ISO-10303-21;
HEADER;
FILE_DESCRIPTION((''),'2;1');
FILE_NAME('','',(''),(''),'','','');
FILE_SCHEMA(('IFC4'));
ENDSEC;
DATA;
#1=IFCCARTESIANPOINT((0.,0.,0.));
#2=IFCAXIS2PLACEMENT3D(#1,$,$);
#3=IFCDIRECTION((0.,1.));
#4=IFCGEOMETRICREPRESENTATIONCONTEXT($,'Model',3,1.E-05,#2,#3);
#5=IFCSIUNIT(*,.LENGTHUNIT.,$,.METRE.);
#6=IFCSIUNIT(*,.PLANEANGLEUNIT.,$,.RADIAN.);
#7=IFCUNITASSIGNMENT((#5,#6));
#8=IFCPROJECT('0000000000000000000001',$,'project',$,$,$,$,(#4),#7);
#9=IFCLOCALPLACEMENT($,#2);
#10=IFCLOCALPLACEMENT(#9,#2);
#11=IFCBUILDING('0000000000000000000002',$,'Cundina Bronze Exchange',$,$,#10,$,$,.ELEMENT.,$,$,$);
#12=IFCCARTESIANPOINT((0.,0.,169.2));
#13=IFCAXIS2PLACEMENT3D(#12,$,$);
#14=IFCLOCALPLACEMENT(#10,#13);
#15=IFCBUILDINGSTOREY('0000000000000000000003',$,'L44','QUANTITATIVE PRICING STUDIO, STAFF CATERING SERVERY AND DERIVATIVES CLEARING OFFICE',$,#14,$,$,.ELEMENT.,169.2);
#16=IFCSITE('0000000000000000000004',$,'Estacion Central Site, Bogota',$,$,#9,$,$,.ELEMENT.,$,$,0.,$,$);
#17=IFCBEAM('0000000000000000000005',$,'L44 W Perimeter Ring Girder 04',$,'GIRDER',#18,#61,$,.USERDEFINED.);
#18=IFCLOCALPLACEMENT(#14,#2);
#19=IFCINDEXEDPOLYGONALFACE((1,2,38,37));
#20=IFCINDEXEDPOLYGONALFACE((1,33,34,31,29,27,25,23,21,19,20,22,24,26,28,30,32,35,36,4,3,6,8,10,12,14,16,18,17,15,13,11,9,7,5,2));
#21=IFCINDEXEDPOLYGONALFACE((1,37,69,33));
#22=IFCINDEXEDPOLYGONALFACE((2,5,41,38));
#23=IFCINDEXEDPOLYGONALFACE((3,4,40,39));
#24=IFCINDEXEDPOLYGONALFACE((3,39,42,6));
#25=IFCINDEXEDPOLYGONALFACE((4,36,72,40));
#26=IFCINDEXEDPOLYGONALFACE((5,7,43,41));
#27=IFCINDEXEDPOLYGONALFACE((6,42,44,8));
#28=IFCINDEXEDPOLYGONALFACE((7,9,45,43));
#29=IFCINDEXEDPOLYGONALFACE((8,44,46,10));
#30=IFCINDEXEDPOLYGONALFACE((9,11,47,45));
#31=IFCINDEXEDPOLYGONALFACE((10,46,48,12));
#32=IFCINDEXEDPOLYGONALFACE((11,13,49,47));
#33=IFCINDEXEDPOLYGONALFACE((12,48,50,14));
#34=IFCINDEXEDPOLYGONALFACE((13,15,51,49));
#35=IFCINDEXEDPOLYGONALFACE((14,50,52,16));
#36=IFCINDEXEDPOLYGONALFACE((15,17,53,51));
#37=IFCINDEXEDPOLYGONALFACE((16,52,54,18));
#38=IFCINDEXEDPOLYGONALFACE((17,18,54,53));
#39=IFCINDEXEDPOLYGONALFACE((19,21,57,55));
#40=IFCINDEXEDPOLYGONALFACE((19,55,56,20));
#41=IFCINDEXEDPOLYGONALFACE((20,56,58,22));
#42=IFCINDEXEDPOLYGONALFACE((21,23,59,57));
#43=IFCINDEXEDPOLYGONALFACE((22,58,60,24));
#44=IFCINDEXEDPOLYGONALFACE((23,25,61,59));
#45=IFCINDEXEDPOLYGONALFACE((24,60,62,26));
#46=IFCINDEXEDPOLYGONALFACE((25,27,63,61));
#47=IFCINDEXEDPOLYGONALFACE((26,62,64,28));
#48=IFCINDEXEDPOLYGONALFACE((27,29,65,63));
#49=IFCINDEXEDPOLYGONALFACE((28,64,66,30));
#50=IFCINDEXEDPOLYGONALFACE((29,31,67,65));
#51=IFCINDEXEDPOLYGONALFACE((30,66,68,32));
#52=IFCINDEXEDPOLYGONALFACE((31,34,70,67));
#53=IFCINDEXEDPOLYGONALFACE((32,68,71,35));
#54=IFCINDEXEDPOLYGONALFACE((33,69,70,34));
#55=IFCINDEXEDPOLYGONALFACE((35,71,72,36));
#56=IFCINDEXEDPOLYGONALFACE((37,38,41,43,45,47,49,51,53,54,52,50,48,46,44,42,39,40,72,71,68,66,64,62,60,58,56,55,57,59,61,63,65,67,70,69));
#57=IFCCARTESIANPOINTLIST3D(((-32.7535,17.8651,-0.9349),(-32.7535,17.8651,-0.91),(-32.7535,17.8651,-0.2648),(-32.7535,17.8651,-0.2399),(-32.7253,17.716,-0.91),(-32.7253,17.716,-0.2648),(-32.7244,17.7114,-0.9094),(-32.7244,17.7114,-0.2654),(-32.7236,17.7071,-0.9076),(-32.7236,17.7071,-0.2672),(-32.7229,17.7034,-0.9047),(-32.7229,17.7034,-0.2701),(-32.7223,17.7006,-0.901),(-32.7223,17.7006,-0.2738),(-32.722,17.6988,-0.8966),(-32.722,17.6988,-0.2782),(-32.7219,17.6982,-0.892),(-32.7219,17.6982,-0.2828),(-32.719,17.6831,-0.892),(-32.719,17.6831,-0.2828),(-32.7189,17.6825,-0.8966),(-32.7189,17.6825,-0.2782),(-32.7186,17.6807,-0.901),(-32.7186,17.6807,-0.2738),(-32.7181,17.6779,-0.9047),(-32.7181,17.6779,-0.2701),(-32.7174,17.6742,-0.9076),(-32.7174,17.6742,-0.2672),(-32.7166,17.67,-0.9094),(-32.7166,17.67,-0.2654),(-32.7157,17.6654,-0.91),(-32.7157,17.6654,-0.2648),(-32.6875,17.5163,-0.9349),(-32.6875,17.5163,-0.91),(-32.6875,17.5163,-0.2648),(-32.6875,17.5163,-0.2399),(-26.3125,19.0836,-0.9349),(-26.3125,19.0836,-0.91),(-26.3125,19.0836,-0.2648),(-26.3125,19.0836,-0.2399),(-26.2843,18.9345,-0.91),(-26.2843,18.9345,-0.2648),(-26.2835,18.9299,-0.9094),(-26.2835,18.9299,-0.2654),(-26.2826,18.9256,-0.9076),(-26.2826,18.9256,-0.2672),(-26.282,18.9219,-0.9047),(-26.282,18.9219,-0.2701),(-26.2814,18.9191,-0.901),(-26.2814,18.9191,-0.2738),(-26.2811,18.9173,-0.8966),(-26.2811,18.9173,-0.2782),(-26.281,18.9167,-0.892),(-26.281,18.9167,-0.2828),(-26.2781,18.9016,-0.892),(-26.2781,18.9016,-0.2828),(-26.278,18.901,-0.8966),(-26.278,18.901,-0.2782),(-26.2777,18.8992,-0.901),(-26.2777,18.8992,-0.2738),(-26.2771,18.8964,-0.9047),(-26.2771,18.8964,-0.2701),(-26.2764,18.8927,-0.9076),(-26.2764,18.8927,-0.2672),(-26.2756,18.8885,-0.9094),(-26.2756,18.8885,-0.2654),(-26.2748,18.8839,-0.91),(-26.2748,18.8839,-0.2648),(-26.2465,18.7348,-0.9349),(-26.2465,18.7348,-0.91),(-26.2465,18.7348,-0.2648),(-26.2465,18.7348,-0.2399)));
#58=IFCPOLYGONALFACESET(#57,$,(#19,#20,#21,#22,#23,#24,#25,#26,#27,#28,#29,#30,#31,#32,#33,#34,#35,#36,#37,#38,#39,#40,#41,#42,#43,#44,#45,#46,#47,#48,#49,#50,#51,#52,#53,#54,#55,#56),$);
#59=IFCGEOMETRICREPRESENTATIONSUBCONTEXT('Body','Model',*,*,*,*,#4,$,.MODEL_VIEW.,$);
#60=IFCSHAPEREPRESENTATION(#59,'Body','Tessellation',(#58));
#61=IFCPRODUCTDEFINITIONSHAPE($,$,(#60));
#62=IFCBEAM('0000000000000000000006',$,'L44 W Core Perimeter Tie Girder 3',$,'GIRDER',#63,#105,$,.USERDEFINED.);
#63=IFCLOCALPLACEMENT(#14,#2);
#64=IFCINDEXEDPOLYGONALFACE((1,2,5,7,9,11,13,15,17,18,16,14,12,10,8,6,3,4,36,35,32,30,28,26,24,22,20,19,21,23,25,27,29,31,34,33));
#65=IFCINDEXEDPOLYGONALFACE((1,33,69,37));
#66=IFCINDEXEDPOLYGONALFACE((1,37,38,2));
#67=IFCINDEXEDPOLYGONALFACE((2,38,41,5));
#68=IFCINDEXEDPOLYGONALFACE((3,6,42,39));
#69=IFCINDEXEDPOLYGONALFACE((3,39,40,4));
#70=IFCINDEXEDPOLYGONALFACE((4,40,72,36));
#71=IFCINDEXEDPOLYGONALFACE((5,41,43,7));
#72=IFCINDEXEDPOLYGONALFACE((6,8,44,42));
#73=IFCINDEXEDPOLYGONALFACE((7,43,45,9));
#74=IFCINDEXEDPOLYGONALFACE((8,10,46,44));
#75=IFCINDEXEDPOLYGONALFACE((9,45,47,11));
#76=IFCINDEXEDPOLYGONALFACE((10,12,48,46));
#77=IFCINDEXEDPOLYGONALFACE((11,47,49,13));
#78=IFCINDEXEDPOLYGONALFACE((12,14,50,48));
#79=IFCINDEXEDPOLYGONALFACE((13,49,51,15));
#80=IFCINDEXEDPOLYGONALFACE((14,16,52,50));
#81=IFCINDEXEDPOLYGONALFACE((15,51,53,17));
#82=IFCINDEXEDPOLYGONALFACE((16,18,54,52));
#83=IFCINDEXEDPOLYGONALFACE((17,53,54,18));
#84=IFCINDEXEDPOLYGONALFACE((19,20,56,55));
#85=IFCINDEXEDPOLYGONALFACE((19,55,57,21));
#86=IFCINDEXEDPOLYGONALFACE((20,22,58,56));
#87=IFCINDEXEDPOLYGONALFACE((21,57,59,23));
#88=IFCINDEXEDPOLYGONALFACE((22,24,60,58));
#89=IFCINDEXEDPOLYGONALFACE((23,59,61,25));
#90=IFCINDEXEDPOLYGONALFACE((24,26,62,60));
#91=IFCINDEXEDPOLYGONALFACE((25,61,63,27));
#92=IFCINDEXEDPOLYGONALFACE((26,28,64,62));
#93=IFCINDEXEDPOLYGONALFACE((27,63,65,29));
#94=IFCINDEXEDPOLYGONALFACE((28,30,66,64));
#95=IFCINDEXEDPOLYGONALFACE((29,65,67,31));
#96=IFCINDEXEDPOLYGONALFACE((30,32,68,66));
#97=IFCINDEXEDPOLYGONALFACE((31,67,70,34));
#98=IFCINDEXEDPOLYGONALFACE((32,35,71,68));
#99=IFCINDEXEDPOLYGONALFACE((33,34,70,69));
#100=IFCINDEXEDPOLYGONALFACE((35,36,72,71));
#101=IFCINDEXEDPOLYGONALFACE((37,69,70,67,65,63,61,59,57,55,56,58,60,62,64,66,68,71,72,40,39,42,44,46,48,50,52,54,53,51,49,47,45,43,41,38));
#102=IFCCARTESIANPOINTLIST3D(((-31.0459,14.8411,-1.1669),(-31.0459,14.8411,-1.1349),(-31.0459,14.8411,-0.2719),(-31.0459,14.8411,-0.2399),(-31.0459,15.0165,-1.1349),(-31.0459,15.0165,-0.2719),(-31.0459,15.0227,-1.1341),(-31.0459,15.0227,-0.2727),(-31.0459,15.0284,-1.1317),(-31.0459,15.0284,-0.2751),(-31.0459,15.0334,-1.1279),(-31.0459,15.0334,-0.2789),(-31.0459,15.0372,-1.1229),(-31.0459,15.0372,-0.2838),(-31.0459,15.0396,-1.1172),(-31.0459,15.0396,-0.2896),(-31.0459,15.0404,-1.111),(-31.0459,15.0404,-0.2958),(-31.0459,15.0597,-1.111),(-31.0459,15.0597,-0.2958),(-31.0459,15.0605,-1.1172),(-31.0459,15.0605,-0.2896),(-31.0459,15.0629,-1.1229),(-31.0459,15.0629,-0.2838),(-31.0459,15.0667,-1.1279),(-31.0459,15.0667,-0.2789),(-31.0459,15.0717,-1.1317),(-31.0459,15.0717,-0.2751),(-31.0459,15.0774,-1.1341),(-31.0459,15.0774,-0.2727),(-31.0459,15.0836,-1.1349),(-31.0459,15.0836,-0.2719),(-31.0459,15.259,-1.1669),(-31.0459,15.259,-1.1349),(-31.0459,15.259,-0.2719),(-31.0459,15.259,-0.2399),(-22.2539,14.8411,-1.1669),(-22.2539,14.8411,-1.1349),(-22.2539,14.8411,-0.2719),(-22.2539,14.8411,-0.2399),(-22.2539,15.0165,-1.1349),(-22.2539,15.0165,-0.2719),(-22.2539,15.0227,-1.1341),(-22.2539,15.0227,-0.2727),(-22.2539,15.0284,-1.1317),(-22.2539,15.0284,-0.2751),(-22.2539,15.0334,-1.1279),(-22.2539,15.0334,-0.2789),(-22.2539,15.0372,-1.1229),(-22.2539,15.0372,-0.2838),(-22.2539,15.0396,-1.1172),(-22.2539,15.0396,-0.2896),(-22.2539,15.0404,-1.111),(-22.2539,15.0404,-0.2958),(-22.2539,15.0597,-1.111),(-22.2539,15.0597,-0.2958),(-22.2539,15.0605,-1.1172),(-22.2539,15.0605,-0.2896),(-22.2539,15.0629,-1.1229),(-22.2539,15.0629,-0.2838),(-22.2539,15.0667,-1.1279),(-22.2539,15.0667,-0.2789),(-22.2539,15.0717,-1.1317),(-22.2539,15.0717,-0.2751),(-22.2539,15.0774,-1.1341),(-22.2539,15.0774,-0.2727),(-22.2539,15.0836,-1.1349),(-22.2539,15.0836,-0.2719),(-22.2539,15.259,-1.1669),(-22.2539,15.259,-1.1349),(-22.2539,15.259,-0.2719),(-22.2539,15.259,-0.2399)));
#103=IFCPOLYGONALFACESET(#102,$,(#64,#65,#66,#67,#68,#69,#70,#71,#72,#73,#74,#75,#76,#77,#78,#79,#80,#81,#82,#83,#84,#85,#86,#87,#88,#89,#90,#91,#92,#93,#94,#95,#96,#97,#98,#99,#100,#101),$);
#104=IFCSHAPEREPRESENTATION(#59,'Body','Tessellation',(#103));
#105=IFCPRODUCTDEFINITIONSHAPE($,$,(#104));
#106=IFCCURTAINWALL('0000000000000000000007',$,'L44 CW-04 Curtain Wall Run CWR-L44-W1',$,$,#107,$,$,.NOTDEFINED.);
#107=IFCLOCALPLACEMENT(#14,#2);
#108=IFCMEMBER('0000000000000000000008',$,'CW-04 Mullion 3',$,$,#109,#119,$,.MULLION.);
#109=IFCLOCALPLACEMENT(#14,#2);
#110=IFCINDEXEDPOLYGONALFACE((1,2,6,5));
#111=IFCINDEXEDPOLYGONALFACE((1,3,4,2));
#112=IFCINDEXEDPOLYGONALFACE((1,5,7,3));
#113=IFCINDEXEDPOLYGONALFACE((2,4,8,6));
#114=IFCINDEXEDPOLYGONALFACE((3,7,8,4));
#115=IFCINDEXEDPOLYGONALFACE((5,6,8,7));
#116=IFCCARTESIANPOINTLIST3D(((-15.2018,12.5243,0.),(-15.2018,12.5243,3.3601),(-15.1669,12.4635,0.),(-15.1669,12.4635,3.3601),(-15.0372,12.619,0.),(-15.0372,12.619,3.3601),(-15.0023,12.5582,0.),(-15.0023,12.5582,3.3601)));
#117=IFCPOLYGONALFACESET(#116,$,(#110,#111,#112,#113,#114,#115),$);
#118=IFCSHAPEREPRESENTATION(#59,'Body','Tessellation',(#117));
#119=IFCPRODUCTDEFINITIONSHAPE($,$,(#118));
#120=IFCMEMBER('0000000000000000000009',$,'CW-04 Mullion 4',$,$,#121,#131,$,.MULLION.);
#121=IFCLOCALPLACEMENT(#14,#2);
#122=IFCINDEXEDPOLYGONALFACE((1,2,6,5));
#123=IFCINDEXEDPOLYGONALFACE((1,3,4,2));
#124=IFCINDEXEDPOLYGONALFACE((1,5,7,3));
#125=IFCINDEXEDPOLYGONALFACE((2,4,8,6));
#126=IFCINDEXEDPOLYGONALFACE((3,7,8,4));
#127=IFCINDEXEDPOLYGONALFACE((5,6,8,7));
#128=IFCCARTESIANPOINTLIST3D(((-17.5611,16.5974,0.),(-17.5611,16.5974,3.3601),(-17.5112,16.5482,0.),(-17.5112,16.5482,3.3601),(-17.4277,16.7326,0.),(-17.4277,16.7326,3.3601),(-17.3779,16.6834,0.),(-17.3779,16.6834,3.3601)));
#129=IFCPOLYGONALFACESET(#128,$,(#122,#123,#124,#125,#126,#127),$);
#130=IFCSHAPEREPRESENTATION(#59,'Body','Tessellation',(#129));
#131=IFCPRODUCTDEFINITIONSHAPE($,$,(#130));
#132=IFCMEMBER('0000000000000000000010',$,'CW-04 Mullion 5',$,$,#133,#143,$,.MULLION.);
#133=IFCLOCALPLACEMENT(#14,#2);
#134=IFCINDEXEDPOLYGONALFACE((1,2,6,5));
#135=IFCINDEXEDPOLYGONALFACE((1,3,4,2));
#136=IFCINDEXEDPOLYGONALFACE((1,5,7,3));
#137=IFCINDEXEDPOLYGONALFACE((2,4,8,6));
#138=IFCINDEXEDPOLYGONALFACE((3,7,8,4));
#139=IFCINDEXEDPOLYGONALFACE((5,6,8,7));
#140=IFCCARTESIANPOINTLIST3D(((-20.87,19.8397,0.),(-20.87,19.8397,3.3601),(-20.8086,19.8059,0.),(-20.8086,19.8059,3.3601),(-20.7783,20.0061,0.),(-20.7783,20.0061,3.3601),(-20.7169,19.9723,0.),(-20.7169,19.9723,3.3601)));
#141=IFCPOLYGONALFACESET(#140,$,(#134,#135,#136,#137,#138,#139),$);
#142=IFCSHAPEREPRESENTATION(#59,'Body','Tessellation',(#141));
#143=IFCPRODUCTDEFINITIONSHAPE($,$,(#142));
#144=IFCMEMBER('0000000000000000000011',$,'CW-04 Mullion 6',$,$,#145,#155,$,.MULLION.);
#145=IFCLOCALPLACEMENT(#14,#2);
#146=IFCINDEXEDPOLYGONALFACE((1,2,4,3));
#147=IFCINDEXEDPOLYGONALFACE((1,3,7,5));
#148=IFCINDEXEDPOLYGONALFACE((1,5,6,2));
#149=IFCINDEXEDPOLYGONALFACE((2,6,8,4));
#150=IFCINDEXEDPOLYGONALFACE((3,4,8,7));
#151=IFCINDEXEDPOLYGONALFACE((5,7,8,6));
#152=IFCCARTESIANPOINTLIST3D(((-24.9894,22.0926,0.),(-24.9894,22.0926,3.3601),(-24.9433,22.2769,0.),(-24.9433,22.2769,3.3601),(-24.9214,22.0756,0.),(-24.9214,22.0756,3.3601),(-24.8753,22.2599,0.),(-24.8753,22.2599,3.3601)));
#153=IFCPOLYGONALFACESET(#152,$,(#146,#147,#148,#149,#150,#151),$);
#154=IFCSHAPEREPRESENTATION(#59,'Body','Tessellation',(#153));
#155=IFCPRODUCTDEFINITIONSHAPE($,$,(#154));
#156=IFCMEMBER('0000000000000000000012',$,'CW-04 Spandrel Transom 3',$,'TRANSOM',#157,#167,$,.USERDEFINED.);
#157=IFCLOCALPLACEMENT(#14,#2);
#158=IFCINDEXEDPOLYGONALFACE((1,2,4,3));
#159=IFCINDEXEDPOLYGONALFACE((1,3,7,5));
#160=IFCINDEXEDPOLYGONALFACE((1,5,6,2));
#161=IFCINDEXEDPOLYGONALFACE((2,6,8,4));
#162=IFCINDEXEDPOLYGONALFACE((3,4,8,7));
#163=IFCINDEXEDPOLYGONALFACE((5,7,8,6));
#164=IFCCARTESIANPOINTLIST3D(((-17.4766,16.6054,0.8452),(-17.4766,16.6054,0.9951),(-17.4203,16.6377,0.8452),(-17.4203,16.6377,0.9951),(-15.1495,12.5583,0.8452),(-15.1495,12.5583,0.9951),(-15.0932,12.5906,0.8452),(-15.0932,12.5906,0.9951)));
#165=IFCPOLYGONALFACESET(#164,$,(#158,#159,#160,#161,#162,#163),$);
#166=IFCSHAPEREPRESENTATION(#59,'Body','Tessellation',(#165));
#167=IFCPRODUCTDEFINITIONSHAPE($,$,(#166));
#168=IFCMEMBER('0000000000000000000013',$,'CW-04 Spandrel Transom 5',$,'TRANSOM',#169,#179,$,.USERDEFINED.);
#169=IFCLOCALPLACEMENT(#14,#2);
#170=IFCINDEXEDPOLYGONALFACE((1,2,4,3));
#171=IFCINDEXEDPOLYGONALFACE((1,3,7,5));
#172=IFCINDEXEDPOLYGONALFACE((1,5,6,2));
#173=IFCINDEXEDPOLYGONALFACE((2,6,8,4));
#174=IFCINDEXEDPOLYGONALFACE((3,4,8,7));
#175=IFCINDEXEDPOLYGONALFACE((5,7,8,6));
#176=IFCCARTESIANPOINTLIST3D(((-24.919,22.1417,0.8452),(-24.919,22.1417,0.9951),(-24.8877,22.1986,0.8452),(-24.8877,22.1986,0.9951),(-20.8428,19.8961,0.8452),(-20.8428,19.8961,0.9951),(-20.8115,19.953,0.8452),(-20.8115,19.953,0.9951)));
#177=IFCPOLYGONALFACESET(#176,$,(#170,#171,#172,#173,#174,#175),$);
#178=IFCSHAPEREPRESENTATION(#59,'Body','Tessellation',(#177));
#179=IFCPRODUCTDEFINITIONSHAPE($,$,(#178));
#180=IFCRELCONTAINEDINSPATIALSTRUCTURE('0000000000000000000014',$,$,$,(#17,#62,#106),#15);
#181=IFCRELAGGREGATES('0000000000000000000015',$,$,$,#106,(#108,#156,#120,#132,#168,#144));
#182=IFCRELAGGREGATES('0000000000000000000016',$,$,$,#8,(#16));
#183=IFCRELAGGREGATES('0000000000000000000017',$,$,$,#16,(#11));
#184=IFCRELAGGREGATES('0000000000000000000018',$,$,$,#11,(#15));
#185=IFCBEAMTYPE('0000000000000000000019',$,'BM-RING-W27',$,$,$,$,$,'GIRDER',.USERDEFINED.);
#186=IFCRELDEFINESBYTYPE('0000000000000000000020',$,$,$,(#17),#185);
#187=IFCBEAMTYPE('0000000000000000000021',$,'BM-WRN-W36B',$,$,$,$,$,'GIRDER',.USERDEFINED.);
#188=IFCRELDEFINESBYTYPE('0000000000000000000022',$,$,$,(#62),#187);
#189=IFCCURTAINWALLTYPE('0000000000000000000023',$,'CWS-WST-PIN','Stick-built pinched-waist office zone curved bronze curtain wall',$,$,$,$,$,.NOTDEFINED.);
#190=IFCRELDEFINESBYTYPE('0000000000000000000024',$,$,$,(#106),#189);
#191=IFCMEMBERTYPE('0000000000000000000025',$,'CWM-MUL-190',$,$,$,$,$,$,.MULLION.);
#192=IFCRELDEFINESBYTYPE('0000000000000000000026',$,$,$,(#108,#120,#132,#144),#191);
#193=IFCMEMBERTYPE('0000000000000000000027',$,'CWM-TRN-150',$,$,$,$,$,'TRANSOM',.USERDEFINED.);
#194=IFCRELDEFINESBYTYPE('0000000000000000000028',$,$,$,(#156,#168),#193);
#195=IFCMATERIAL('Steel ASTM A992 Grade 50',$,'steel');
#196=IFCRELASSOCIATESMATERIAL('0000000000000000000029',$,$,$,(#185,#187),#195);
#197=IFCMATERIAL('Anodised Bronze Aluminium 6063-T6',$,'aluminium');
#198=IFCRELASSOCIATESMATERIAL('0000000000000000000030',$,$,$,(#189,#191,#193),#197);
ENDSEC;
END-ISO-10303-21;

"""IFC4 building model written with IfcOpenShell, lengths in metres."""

from ifc_helpers import new_model, si_unit, direction, frame, origin, origin_2d, place, context, subcontext, project, spatial, rectangle, i_section, extrude, material, material_profile, profile_set, type_object, element, aggregate, save


model = new_model("IFC4")

# Units and contexts
model_context = context("Model", 3, precision=1e-05, world=origin(), true_north=direction((0.0, 1.0)))
body_context = subcontext(model_context, "Body", "Model", "MODEL_VIEW")
ifc_project = project(units=[si_unit("LENGTHUNIT", "METRE"), si_unit("PLANEANGLEUNIT", "RADIAN")], contexts=[model_context])

# Site, building, storey
site_placement = place(None, origin())
site = spatial("IfcSite", under=ifc_project, at=site_placement, Name="Estacion Central Site, Bogota", CompositionType="ELEMENT", RefElevation=0.0)
building_placement = place(site_placement, origin())
building = spatial("IfcBuilding", under=site, at=building_placement, Name="Cundina Bronze Exchange", CompositionType="ELEMENT")
storey_placement = place(building_placement, frame((0.0, 0.0, 169.2)))
storey = spatial("IfcBuildingStorey", under=building, at=storey_placement, Name="L44", Description="QUANTITATIVE PRICING STUDIO, STAFF CATERING SERVERY AND DERIVATIVES CLEARING OFFICE", CompositionType="ELEMENT", Elevation=169.2)

# Shared definitions
ifc_material_1 = material(Name="Steel ASTM A992 Grade 50", Category="steel")

# Beams
ifc_material_profile_1 = material_profile(ifc_material_1, i_section(OverallWidth=0.355, OverallDepth=0.6951, WebThickness=0.0154, FlangeThickness=0.0249, FilletRadius=0.0181, at=origin_2d()), Name="W27X146", Category="steel")
ifc_profile_set_1 = profile_set([ifc_material_profile_1], Name="Steel ASTM A992 Grade 50")
beam_type_1 = type_object("IfcBeamType", Name="BM-RING-W27", ElementType="GIRDER", PredefinedType="USERDEFINED", material=ifc_profile_set_1)
beam_1_placement = place(storey_placement, frame((-26.2795, 18.9092, -0.5874), z_axis=(-0.982572, -0.185885, 0.0), x_axis=(0.185885, -0.982572, 0.0)))
element("IfcBeam", 1, at=beam_1_placement, inside=storey, type_object=beam_type_1, Name="L44 W Perimeter Ring Girder 04", ObjectType="GIRDER", PredefinedType="USERDEFINED", context=body_context, shape_type="SweptSolid", body=[
    extrude(i_section(OverallWidth=0.355, OverallDepth=0.6951, WebThickness=0.0154, FlangeThickness=0.0249, FilletRadius=0.0181, at=origin_2d()), origin(), (0.0, 0.0, 1.0), 6.5552),
])
ifc_material_profile_2 = material_profile(ifc_material_1, i_section(OverallWidth=0.418, OverallDepth=0.927, WebThickness=0.0193, FlangeThickness=0.032, FilletRadius=0.0239, at=origin_2d()), Name="W36X231", Category="steel")
ifc_profile_set_2 = profile_set([ifc_material_profile_2], Name="Steel ASTM A992 Grade 50")
beam_type_2 = type_object("IfcBeamType", Name="BM-WRN-W36B", ElementType="GIRDER", PredefinedType="USERDEFINED", material=ifc_profile_set_2)
beam_2_placement = place(storey_placement, frame((-22.2539, 15.05, -0.7034), z_axis=(-1.0, 0.0, 0.0), x_axis=(0.0, -1.0, 0.0)))
element("IfcBeam", 2, at=beam_2_placement, inside=storey, type_object=beam_type_2, Name="L44 W Core Perimeter Tie Girder 3", ObjectType="GIRDER", PredefinedType="USERDEFINED", context=body_context, shape_type="SweptSolid", body=[
    extrude(i_section(OverallWidth=0.418, OverallDepth=0.927, WebThickness=0.0193, FlangeThickness=0.032, FilletRadius=0.0239, at=origin_2d()), origin(), (0.0, 0.0, 1.0), 8.792),
])

# Curtain wall, members
ifc_material_2 = material(Name="Anodised Bronze Aluminium 6063-T6", Category="aluminium")
curtain_wall_type = type_object("IfcCurtainWallType", Name="CWS-WST-PIN", Description="Stick-built pinched-waist office zone curved bronze curtain wall", PredefinedType="NOTDEFINED", material=ifc_material_2)
curtain_wall_placement = place(storey_placement, origin())
curtain_wall = element("IfcCurtainWall", 3, at=curtain_wall_placement, inside=storey, type_object=curtain_wall_type, Name="L44 CW-04 Curtain Wall Run CWR-L44-W1", PredefinedType="NOTDEFINED")
ifc_material_profile_3 = material_profile(ifc_material_2, rectangle(XDim=0.0701, YDim=0.1899, at=origin_2d()), Name="AL70X190", Category="aluminium")
ifc_profile_set_3 = profile_set([ifc_material_profile_3], Name="Anodised Bronze Aluminium 6063-T6")
member_type_1 = type_object("IfcMemberType", Name="CWM-MUL-190", PredefinedType="MULLION", material=ifc_profile_set_3)
member_1_placement = place(storey_placement, frame((-15.1021, 12.5413, 0.0), z_axis=(0.0, 0.0, 1.0), x_axis=(-0.498488, 0.866897, 0.0)))
member_1 = element("IfcMember", 4, at=member_1_placement, type_object=member_type_1, Name="CW-04 Mullion 3", PredefinedType="MULLION", context=body_context, shape_type="SweptSolid", body=[
    extrude(rectangle(XDim=0.0701, YDim=0.1899, at=origin_2d()), origin(), (0.0, 0.0, 1.0), 3.3601),
])
member_2_placement = place(storey_placement, frame((-17.4695, 16.6404, 0.0), z_axis=(0.0, 0.0, 1.0), x_axis=(-0.712026, 0.702153, 0.0)))
member_2 = element("IfcMember", 5, at=member_2_placement, type_object=member_type_1, Name="CW-04 Mullion 4", PredefinedType="MULLION", context=body_context, shape_type="SweptSolid", body=[
    extrude(rectangle(XDim=0.0701, YDim=0.1899, at=origin_2d()), origin(), (0.0, 0.0, 1.0), 3.3601),
])
member_3_placement = place(storey_placement, frame((-20.7935, 19.906, 0.0), z_axis=(0.0, 0.0, 1.0), x_axis=(-0.875886, 0.482518, 0.0)))
member_3 = element("IfcMember", 6, at=member_3_placement, type_object=member_type_1, Name="CW-04 Mullion 5", PredefinedType="MULLION", context=body_context, shape_type="SweptSolid", body=[
    extrude(rectangle(XDim=0.0701, YDim=0.1899, at=origin_2d()), origin(), (0.0, 0.0, 1.0), 3.3601),
])
member_4_placement = place(storey_placement, frame((-24.9324, 22.1763, 0.0), z_axis=(0.0, 0.0, 1.0), x_axis=(-0.970084, 0.242769, 0.0)))
member_4 = element("IfcMember", 7, at=member_4_placement, type_object=member_type_1, Name="CW-04 Mullion 6", PredefinedType="MULLION", context=body_context, shape_type="SweptSolid", body=[
    extrude(rectangle(XDim=0.0701, YDim=0.1899, at=origin_2d()), origin(), (0.0, 0.0, 1.0), 3.3601),
])
ifc_material_profile_4 = material_profile(ifc_material_2, rectangle(XDim=0.0649, YDim=0.1499, at=origin_2d()), Name="AL65X150", Category="aluminium")
ifc_profile_set_4 = profile_set([ifc_material_profile_4], Name="Anodised Bronze Aluminium 6063-T6")
member_type_2 = type_object("IfcMemberType", Name="CWM-TRN-150", ElementType="TRANSOM", PredefinedType="USERDEFINED", material=ifc_profile_set_4)
member_5_placement = place(storey_placement, frame((-15.1213, 12.5745, 0.9202), z_axis=(-0.49848, 0.866901, 0.0), x_axis=(-0.866901, -0.49848, 0.0)))
member_5 = element("IfcMember", 8, at=member_5_placement, type_object=member_type_2, Name="CW-04 Spandrel Transom 3", ObjectType="TRANSOM", PredefinedType="USERDEFINED", context=body_context, shape_type="SweptSolid", body=[
    extrude(rectangle(XDim=0.0649, YDim=0.1499, at=origin_2d()), origin(), (0.0, 0.0, 1.0), 4.6685),
])
member_6_placement = place(storey_placement, frame((-20.8271, 19.9246, 0.9202), z_axis=(-0.875879, 0.482531, 0.0), x_axis=(-0.482531, -0.875879, 0.0)))
member_6 = element("IfcMember", 9, at=member_6_placement, type_object=member_type_2, Name="CW-04 Spandrel Transom 5", ObjectType="TRANSOM", PredefinedType="USERDEFINED", context=body_context, shape_type="SweptSolid", body=[
    extrude(rectangle(XDim=0.0649, YDim=0.1499, at=origin_2d()), origin(), (0.0, 0.0, 1.0), 4.6538),
])
aggregate(curtain_wall, [member_1, member_5, member_2, member_3, member_6, member_4])

save(model, "model.ifc")
